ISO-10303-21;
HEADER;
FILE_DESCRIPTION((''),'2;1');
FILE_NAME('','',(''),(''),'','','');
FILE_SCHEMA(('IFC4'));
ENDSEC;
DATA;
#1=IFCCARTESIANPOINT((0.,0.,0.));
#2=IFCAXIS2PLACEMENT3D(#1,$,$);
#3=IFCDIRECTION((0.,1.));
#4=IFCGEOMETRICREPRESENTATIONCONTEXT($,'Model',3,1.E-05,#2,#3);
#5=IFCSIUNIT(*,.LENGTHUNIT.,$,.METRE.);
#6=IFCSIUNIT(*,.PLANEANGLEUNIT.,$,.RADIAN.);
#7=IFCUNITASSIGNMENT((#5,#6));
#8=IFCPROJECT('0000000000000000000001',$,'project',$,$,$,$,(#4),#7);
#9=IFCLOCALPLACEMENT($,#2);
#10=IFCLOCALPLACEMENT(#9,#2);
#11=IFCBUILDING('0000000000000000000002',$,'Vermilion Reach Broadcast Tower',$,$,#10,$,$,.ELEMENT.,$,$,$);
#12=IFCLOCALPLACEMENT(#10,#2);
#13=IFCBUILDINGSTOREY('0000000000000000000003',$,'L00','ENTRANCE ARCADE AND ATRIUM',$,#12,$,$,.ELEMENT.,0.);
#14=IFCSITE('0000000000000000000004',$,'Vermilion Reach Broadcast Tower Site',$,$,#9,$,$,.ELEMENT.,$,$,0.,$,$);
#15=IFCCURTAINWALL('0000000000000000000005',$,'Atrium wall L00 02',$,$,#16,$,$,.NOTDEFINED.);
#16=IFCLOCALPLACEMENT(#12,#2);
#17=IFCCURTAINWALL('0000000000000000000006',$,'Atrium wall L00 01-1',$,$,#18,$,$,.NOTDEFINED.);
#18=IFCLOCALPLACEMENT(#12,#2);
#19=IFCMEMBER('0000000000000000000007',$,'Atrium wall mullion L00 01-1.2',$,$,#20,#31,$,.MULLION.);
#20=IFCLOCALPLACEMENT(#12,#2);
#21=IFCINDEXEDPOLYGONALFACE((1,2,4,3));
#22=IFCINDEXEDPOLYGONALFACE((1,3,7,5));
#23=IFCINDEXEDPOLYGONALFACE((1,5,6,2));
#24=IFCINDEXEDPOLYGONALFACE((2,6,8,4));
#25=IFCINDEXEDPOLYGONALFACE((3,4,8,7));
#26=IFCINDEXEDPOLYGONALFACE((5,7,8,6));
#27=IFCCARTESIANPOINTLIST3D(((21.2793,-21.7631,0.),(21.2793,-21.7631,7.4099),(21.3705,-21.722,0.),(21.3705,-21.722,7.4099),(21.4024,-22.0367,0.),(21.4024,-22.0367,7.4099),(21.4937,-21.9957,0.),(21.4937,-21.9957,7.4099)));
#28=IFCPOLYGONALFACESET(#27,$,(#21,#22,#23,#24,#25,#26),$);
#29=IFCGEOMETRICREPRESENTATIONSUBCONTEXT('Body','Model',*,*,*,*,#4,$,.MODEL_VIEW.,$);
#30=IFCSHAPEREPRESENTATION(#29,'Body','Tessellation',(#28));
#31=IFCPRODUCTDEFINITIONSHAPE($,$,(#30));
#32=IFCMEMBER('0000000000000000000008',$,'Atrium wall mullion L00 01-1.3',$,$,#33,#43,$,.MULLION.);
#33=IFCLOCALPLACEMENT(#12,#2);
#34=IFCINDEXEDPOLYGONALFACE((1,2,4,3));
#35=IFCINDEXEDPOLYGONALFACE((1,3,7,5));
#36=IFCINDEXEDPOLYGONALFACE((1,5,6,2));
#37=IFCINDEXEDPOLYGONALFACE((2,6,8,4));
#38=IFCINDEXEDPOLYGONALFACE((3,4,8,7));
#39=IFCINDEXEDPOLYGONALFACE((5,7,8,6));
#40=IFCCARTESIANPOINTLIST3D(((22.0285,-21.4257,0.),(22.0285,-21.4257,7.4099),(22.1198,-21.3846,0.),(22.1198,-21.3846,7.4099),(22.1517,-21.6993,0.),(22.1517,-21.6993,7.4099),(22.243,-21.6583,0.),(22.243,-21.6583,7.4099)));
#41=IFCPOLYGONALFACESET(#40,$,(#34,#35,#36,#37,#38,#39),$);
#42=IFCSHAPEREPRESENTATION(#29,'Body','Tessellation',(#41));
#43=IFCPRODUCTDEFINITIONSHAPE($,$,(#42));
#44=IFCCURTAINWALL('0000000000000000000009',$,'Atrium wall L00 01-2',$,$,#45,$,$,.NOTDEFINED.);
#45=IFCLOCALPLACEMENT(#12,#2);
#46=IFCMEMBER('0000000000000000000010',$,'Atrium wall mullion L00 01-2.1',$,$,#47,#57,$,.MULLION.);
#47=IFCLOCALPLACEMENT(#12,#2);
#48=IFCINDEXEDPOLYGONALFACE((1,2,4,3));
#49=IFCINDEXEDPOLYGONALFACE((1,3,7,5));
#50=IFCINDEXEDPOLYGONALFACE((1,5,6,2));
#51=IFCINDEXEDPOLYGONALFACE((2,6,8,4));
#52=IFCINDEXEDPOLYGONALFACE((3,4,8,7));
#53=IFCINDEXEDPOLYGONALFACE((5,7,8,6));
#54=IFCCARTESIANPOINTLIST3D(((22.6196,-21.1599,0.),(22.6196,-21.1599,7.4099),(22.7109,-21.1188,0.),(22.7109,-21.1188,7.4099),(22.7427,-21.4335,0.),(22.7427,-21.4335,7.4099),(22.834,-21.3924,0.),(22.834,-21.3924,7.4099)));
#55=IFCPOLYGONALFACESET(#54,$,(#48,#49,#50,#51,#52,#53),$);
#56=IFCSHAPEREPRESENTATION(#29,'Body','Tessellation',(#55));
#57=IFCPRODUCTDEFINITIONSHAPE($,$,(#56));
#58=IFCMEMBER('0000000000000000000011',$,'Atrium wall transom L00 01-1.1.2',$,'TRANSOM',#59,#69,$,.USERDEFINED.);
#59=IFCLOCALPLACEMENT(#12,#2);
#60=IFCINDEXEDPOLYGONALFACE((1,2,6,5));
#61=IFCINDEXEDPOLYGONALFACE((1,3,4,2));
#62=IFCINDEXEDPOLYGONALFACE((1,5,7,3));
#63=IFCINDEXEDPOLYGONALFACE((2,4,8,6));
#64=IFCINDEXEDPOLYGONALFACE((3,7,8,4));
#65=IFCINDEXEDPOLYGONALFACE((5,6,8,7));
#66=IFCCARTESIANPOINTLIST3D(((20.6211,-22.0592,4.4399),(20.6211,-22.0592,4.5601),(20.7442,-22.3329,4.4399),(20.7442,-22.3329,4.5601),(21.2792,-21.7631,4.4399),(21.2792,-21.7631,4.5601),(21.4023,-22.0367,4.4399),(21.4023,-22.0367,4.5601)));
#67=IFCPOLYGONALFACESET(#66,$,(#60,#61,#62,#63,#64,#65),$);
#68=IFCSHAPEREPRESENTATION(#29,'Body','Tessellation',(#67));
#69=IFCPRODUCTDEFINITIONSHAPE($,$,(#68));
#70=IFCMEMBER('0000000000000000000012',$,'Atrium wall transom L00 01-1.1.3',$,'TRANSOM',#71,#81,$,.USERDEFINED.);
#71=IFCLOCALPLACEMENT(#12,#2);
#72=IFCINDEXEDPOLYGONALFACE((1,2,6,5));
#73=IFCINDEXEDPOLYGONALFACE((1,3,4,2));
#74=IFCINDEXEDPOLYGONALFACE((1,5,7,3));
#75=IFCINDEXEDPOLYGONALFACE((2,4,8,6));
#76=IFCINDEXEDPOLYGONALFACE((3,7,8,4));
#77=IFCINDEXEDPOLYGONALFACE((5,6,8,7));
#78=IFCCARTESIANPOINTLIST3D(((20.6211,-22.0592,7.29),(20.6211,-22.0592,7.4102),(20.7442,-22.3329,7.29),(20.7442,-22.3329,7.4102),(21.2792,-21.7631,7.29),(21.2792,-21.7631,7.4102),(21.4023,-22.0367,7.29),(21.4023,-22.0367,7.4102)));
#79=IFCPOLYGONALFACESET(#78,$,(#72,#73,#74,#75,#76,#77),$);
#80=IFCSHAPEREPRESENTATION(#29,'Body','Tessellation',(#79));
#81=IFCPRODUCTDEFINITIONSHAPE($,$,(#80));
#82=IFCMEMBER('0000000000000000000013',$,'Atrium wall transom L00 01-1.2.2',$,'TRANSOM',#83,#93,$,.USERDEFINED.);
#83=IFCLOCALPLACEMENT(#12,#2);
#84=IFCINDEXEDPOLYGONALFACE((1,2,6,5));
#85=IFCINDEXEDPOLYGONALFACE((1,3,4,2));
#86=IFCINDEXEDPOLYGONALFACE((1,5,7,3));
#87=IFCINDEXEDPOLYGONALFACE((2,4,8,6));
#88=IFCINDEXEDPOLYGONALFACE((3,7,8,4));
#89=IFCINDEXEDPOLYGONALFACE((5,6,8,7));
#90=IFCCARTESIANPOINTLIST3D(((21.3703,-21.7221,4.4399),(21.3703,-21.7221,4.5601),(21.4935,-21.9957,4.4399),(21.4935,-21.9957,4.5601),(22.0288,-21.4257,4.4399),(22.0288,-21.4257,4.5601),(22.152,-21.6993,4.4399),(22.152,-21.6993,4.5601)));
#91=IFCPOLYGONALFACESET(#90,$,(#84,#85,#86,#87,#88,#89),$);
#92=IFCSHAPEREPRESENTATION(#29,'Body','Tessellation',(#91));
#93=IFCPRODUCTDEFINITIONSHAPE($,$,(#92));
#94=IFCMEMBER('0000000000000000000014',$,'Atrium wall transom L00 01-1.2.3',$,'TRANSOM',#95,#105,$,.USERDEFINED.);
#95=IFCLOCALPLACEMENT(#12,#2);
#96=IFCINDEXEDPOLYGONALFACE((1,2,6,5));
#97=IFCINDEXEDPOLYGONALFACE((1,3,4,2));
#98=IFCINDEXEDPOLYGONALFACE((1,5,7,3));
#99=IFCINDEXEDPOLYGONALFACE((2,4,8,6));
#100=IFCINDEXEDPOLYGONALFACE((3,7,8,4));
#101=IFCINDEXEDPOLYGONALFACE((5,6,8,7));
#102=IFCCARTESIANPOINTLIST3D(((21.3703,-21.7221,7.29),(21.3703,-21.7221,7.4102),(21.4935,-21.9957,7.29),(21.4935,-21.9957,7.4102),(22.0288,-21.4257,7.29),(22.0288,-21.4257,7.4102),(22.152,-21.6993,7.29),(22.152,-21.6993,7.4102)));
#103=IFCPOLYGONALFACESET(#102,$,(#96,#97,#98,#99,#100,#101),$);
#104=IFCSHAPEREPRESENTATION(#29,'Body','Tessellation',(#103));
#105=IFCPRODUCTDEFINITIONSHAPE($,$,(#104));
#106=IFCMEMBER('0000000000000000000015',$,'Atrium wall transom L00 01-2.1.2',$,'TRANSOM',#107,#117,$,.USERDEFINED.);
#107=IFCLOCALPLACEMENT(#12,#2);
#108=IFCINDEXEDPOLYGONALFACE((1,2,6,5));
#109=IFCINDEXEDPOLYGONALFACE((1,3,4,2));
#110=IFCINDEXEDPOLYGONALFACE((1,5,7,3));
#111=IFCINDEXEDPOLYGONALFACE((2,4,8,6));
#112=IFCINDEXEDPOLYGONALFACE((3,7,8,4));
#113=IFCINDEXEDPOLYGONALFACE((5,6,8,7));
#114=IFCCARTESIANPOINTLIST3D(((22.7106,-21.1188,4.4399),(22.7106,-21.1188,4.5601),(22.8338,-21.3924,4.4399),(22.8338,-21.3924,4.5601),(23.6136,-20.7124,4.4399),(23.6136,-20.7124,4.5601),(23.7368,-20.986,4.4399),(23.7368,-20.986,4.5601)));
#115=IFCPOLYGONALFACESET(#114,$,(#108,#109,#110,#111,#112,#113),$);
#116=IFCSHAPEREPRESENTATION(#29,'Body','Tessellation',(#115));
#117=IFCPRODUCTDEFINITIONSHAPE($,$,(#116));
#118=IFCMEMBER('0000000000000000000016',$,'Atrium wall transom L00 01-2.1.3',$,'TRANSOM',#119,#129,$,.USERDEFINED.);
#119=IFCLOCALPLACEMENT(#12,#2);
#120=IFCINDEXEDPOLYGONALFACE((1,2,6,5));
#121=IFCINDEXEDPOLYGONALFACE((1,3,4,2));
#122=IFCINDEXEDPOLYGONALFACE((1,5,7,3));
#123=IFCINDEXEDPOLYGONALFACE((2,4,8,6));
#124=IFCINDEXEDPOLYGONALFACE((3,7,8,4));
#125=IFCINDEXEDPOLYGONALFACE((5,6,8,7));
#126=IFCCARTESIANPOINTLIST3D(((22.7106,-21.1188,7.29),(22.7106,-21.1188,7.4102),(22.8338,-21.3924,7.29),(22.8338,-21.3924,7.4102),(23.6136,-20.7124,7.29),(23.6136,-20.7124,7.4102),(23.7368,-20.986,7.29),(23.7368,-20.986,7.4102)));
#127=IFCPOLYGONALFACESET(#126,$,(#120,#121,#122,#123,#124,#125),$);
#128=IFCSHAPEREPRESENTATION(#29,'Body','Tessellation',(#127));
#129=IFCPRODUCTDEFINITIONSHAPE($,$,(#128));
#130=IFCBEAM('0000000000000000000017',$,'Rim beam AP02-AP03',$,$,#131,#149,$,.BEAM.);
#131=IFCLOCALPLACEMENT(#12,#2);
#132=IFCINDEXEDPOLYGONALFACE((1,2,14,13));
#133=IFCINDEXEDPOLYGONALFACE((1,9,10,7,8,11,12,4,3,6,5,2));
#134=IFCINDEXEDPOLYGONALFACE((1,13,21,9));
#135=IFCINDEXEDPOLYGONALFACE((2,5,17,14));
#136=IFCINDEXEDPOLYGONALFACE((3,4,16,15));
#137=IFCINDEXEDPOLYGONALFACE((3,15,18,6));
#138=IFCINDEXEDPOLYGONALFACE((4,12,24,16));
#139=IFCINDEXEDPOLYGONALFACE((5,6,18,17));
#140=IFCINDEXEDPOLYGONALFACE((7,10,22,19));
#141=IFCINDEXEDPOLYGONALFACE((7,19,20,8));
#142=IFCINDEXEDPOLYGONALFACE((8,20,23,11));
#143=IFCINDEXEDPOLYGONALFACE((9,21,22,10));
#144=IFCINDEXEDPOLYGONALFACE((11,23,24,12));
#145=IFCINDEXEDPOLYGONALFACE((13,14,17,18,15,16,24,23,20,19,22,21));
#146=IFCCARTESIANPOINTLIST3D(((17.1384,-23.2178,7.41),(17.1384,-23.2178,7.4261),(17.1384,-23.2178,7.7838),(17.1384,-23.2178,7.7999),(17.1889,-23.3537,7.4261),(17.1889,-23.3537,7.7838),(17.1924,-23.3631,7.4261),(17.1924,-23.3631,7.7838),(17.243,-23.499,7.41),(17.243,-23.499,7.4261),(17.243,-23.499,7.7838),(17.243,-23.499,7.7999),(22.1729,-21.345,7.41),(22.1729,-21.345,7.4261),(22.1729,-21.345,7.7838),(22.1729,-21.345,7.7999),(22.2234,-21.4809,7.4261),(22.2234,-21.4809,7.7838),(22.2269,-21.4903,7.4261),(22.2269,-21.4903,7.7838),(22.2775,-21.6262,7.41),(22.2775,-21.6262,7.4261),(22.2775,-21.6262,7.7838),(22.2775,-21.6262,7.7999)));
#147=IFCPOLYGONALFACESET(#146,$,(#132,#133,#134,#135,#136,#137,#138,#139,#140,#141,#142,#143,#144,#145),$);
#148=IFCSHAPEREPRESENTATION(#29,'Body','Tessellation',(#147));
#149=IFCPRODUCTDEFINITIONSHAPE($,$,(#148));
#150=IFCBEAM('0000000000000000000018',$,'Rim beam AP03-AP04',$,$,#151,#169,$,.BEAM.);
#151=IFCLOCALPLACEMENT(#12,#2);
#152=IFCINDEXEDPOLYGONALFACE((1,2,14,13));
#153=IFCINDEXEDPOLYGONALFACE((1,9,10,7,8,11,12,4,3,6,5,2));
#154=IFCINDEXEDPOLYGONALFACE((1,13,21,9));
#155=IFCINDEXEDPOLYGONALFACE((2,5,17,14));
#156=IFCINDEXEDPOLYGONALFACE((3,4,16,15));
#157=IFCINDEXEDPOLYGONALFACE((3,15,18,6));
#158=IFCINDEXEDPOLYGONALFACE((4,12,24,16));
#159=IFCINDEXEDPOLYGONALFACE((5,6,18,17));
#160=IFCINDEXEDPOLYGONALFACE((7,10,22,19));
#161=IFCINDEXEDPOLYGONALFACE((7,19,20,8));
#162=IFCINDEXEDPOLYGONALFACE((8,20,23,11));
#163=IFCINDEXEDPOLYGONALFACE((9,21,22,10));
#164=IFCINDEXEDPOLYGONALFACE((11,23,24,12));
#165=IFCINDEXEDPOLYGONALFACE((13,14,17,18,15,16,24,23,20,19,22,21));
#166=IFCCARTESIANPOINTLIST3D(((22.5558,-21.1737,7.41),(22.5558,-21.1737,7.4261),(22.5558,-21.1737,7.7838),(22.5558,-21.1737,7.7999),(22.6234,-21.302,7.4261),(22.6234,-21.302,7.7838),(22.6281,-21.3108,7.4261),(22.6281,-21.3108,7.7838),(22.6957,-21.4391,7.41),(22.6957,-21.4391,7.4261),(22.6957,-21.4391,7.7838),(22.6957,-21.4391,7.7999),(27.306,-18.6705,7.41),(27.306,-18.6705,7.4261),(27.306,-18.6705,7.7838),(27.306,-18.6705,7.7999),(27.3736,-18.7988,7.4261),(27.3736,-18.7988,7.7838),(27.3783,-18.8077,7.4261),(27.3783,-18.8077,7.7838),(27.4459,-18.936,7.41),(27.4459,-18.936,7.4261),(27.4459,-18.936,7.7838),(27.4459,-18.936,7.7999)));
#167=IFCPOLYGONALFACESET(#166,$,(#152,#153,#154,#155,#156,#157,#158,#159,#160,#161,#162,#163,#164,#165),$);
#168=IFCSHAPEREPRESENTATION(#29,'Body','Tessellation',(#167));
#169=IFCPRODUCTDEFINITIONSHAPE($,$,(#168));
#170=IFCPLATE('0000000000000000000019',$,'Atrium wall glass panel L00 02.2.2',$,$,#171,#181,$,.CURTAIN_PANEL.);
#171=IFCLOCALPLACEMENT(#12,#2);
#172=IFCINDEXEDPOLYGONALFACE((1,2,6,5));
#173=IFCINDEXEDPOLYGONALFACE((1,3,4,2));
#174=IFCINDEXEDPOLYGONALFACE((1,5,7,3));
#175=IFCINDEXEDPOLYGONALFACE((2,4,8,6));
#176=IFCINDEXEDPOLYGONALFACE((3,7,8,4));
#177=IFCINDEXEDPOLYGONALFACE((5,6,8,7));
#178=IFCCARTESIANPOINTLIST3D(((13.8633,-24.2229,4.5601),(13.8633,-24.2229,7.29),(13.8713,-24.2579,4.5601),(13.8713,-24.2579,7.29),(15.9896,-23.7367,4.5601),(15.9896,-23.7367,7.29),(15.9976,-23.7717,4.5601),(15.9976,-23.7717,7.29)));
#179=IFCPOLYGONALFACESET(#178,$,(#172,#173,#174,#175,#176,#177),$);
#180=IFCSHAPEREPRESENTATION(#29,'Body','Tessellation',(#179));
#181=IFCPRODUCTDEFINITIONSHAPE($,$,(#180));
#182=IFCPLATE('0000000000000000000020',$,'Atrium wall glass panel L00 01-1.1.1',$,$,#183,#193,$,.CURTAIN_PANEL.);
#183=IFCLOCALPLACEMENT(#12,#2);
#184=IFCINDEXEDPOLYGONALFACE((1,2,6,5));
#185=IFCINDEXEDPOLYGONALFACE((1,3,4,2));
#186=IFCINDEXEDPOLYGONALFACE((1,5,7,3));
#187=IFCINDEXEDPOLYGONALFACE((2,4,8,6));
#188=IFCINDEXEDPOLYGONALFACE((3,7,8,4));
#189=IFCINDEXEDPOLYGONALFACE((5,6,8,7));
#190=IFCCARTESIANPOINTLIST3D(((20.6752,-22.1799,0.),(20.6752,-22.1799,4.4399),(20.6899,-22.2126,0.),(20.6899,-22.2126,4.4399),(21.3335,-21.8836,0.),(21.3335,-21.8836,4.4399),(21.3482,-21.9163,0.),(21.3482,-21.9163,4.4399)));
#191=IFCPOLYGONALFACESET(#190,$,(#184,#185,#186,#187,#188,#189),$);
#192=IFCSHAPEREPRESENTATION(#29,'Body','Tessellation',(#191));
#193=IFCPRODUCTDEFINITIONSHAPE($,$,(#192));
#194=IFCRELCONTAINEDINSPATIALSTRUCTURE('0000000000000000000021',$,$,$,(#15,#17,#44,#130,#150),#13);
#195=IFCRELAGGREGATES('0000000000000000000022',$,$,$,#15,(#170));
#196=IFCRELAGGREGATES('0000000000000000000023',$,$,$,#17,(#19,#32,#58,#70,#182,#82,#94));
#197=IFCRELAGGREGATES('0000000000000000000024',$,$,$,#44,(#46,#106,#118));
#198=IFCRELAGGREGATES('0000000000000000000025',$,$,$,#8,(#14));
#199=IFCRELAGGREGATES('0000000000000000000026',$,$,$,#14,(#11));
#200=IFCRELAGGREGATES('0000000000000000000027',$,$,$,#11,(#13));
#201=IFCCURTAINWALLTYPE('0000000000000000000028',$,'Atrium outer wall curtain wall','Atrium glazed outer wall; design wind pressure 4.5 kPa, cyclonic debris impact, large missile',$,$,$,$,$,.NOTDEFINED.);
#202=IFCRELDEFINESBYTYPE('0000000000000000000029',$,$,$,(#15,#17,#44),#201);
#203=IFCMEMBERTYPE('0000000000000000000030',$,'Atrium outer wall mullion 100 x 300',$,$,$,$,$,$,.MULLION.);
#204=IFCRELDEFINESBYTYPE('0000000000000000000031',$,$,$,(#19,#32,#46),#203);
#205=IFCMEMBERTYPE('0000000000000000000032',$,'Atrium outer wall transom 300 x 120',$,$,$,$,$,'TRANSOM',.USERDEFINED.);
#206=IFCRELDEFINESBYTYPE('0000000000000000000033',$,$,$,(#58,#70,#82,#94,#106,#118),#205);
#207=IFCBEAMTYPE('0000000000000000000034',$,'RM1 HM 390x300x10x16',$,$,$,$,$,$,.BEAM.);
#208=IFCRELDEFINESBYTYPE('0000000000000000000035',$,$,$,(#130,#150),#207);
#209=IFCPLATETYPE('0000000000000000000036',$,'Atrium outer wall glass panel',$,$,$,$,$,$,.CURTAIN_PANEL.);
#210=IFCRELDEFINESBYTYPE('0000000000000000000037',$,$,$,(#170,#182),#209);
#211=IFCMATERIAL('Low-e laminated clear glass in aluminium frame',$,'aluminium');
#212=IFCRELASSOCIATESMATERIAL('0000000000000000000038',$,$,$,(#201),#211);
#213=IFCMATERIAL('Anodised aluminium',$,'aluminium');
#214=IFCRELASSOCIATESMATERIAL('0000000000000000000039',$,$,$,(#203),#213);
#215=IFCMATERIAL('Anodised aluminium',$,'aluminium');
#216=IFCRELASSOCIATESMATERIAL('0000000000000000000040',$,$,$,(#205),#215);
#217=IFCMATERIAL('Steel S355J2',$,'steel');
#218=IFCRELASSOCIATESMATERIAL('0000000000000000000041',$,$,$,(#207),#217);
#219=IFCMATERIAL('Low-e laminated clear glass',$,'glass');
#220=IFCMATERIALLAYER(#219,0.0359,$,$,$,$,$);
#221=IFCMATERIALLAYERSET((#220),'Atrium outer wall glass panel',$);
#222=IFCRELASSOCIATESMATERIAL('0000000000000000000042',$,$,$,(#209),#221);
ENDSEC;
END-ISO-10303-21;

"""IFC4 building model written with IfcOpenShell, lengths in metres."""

from ifc_helpers import new_model, si_unit, direction, frame, origin, origin_2d, place, context, subcontext, project, spatial, rectangle, i_section, extrude, material, layer, layer_set, material_profile, profile_set, type_object, element, aggregate, save


model = new_model("IFC4")

# Units and contexts
model_context = context("Model", 3, precision=1e-05, world=origin(), true_north=direction((0.0, 1.0)))
body_context = subcontext(model_context, "Body", "Model", "MODEL_VIEW")
ifc_project = project(units=[si_unit("LENGTHUNIT", "METRE"), si_unit("PLANEANGLEUNIT", "RADIAN")], contexts=[model_context])

# Site, building, storey
site_placement = place(None, origin())
site = spatial("IfcSite", under=ifc_project, at=site_placement, Name="Vermilion Reach Broadcast Tower Site", CompositionType="ELEMENT", RefElevation=0.0)
building_placement = place(site_placement, origin())
building = spatial("IfcBuilding", under=site, at=building_placement, Name="Vermilion Reach Broadcast Tower", CompositionType="ELEMENT")
storey_placement = place(building_placement, origin())
storey = spatial("IfcBuildingStorey", under=building, at=storey_placement, Name="L00", Description="ENTRANCE ARCADE AND ATRIUM", CompositionType="ELEMENT", Elevation=0.0)

# Curtain wall
ifc_material_1 = material(Name="Low-e laminated clear glass in aluminium frame", Category="aluminium")
curtain_wall_type = type_object("IfcCurtainWallType", Name="Atrium outer wall curtain wall", Description="Atrium glazed outer wall; design wind pressure 4.5 kPa, cyclonic debris impact, large missile", PredefinedType="NOTDEFINED", material=ifc_material_1)
placement = place(storey_placement, origin())
curtain_wall_1 = element("IfcCurtainWall", 1, at=placement, inside=storey, type_object=curtain_wall_type, Name="Atrium wall L00 02", PredefinedType="NOTDEFINED")
ifc_material_2 = material(Name="Anodised aluminium", Category="aluminium")
ifc_material_profile_1 = material_profile(ifc_material_2, rectangle(XDim=0.3, YDim=0.1001, at=origin_2d()), Name="Atrium outer wall mullion 100 x 300")
ifc_profile_set_1 = profile_set([ifc_material_profile_1], Name="Anodised aluminium")
member_type_1 = type_object("IfcMemberType", Name="Atrium outer wall mullion 100 x 300", PredefinedType="MULLION", material=ifc_profile_set_1)

# Curtain wall, members
curtain_wall_2 = element("IfcCurtainWall", 2, at=placement, inside=storey, type_object=curtain_wall_type, Name="Atrium wall L00 01-1", PredefinedType="NOTDEFINED")
member_1_placement = place(storey_placement, frame((21.3865, -21.8794, 0.0), z_axis=(0.0, 0.0, 1.0), x_axis=(-0.410408, 0.911902, 0.0)))
member_1 = element("IfcMember", 3, at=member_1_placement, type_object=member_type_1, Name="Atrium wall mullion L00 01-1.2", PredefinedType="MULLION", context=body_context, shape_type="SweptSolid", body=[
    extrude(rectangle(XDim=0.3, YDim=0.1001, at=origin_2d()), origin(), (0.0, 0.0, 1.0), 7.4099),
])
member_2_placement = place(storey_placement, frame((22.1357, -21.542, 0.0), z_axis=(0.0, 0.0, 1.0), x_axis=(-0.410408, 0.911902, 0.0)))
member_2 = element("IfcMember", 4, at=member_2_placement, type_object=member_type_1, Name="Atrium wall mullion L00 01-1.3", PredefinedType="MULLION", context=body_context, shape_type="SweptSolid", body=[
    extrude(rectangle(XDim=0.3, YDim=0.1001, at=origin_2d()), origin(), (0.0, 0.0, 1.0), 7.4099),
])

# Curtain wall, member
curtain_wall_3 = element("IfcCurtainWall", 5, at=placement, inside=storey, type_object=curtain_wall_type, Name="Atrium wall L00 01-2", PredefinedType="NOTDEFINED")
member_3_placement = place(storey_placement, frame((22.7268, -21.2761, 0.0), z_axis=(0.0, 0.0, 1.0), x_axis=(-0.410408, 0.911902, 0.0)))
member_3 = element("IfcMember", 6, at=member_3_placement, type_object=member_type_1, Name="Atrium wall mullion L00 01-2.1", PredefinedType="MULLION", context=body_context, shape_type="SweptSolid", body=[
    extrude(rectangle(XDim=0.3, YDim=0.1001, at=origin_2d()), origin(), (0.0, 0.0, 1.0), 7.4099),
])

# Members
ifc_material_3 = material(Name="Anodised aluminium", Category="aluminium")
ifc_material_profile_2 = material_profile(ifc_material_3, rectangle(XDim=0.3, YDim=0.1201, at=origin_2d()), Name="Atrium outer wall transom 300 x 120")
ifc_profile_set_2 = profile_set([ifc_material_profile_2], Name="Anodised aluminium")
member_type_2 = type_object("IfcMemberType", Name="Atrium outer wall transom 300 x 120", ElementType="TRANSOM", PredefinedType="USERDEFINED", material=ifc_profile_set_2)
member_4_placement = place(storey_placement, frame((20.6826, -22.196, 4.5), z_axis=(0.911947, 0.410308, 0.0), x_axis=(-0.410308, 0.911947, 0.0)))
member_4 = element("IfcMember", 7, at=member_4_placement, type_object=member_type_2, Name="Atrium wall transom L00 01-1.1.2", ObjectType="TRANSOM", PredefinedType="USERDEFINED", context=body_context, shape_type="SweptSolid", body=[
    extrude(rectangle(XDim=0.3, YDim=0.1201, at=origin_2d()), origin(), (0.0, 0.0, 1.0), 0.7217),
])
member_5_placement = place(storey_placement, frame((20.6826, -22.196, 7.3501), z_axis=(0.911947, 0.410308, 0.0), x_axis=(-0.410308, 0.911947, 0.0)))
member_5 = element("IfcMember", 8, at=member_5_placement, type_object=member_type_2, Name="Atrium wall transom L00 01-1.1.3", ObjectType="TRANSOM", PredefinedType="USERDEFINED", context=body_context, shape_type="SweptSolid", body=[
    extrude(rectangle(XDim=0.3, YDim=0.1201, at=origin_2d()), origin(), (0.0, 0.0, 1.0), 0.7217),
])
member_6_placement = place(storey_placement, frame((21.4319, -21.8589, 4.5), z_axis=(0.911877, 0.410463, 0.0), x_axis=(-0.410463, 0.911877, 0.0)))
member_6 = element("IfcMember", 9, at=member_6_placement, type_object=member_type_2, Name="Atrium wall transom L00 01-1.2.2", ObjectType="TRANSOM", PredefinedType="USERDEFINED", context=body_context, shape_type="SweptSolid", body=[
    extrude(rectangle(XDim=0.3, YDim=0.1201, at=origin_2d()), origin(), (0.0, 0.0, 1.0), 0.7222),
])
member_7_placement = place(storey_placement, frame((21.4319, -21.8589, 7.3501), z_axis=(0.911877, 0.410463, 0.0), x_axis=(-0.410463, 0.911877, 0.0)))
member_7 = element("IfcMember", 10, at=member_7_placement, type_object=member_type_2, Name="Atrium wall transom L00 01-1.2.3", ObjectType="TRANSOM", PredefinedType="USERDEFINED", context=body_context, shape_type="SweptSolid", body=[
    extrude(rectangle(XDim=0.3, YDim=0.1201, at=origin_2d()), origin(), (0.0, 0.0, 1.0), 0.7222),
])
member_8_placement = place(storey_placement, frame((22.7722, -21.2556, 4.5), z_axis=(0.91188, 0.410457, 0.0), x_axis=(-0.410457, 0.91188, 0.0)))
member_8 = element("IfcMember", 11, at=member_8_placement, type_object=member_type_2, Name="Atrium wall transom L00 01-2.1.2", ObjectType="TRANSOM", PredefinedType="USERDEFINED", context=body_context, shape_type="SweptSolid", body=[
    extrude(rectangle(XDim=0.3, YDim=0.1201, at=origin_2d()), origin(), (0.0, 0.0, 1.0), 0.9902),
])
member_9_placement = place(storey_placement, frame((22.7722, -21.2556, 7.3501), z_axis=(0.91188, 0.410457, 0.0), x_axis=(-0.410457, 0.91188, 0.0)))
member_9 = element("IfcMember", 12, at=member_9_placement, type_object=member_type_2, Name="Atrium wall transom L00 01-2.1.3", ObjectType="TRANSOM", PredefinedType="USERDEFINED", context=body_context, shape_type="SweptSolid", body=[
    extrude(rectangle(XDim=0.3, YDim=0.1201, at=origin_2d()), origin(), (0.0, 0.0, 1.0), 0.9902),
])

# Beams
ifc_material_4 = material(Name="Steel S355J2", Category="steel")
ifc_material_profile_3 = material_profile(ifc_material_4, i_section(OverallWidth=0.3, OverallDepth=0.3899, WebThickness=0.01, FlangeThickness=0.0161, at=origin_2d()), Name="S355J2 HM 390x300x10x16")
ifc_profile_set_3 = profile_set([ifc_material_profile_3], Name="Steel S355J2")
beam_type = type_object("IfcBeamType", Name="RM1 HM 390x300x10x16", PredefinedType="BEAM", material=ifc_profile_set_3)
beam_1_placement = place(storey_placement, frame((17.1907, -23.3584, 7.605), z_axis=(0.937251, 0.348657, 0.0), x_axis=(-0.348657, 0.937251, 0.0)))
element("IfcBeam", 13, at=beam_1_placement, inside=storey, type_object=beam_type, Name="Rim beam AP02-AP03", PredefinedType="BEAM", context=body_context, shape_type="SweptSolid", body=[
    extrude(i_section(OverallWidth=0.3, OverallDepth=0.3899, WebThickness=0.01, FlangeThickness=0.0161, at=origin_2d()), origin(), (0.0, 0.0, 1.0), 5.3716),
])
beam_2_placement = place(storey_placement, frame((22.6257, -21.3064, 7.605), z_axis=(0.884684, 0.466191, 0.0), x_axis=(-0.466191, 0.884684, 0.0)))
element("IfcBeam", 14, at=beam_2_placement, inside=storey, type_object=beam_type, Name="Rim beam AP03-AP04", PredefinedType="BEAM", context=body_context, shape_type="SweptSolid", body=[
    extrude(i_section(OverallWidth=0.3, OverallDepth=0.3899, WebThickness=0.01, FlangeThickness=0.0161, at=origin_2d()), origin(), (0.0, 0.0, 1.0), 5.3694),
])

# Plates
ifc_material_5 = material(Name="Low-e laminated clear glass", Category="glass")
ifc_layer_1 = layer(ifc_material_5, 0.0359)
ifc_layer_set_1 = layer_set([ifc_layer_1], Name="Atrium outer wall glass panel")
plate_type_1 = type_object("IfcPlateType", Name="Atrium outer wall glass panel", PredefinedType="CURTAIN_PANEL", material=ifc_layer_set_1)
plate_1_placement = place(storey_placement, frame((14.9304, -23.9973, 4.5601), z_axis=(0.0, 0.0, 1.0), x_axis=(0.974843, 0.222892, 0.0)))
plate_1 = element("IfcPlate", 15, at=plate_1_placement, type_object=plate_type_1, Name="Atrium wall glass panel L00 02.2.2", PredefinedType="CURTAIN_PANEL", context=body_context, shape_type="SweptSolid", body=[
    extrude(rectangle(XDim=2.1812, YDim=0.0359, at=origin_2d()), origin(), (0.0, 0.0, 1.0), 2.73),
])
aggregate(curtain_wall_1, [plate_1])
plate_2_placement = place(storey_placement, frame((21.0117, -22.0481, 0.0), z_axis=(0.0, 0.0, 1.0), x_axis=(0.911902, 0.410408, 0.0)))
plate_2 = element("IfcPlate", 16, at=plate_2_placement, type_object=plate_type_1, Name="Atrium wall glass panel L00 01-1.1.1", PredefinedType="CURTAIN_PANEL", context=body_context, shape_type="SweptSolid", body=[
    extrude(rectangle(XDim=0.7219, YDim=0.0359, at=origin_2d()), origin(), (0.0, 0.0, 1.0), 4.4399),
])
aggregate(curtain_wall_2, [member_1, member_2, member_4, member_5, plate_2, member_6, member_7])
aggregate(curtain_wall_3, [member_3, member_8, member_9])

save(model, "model.ifc")
